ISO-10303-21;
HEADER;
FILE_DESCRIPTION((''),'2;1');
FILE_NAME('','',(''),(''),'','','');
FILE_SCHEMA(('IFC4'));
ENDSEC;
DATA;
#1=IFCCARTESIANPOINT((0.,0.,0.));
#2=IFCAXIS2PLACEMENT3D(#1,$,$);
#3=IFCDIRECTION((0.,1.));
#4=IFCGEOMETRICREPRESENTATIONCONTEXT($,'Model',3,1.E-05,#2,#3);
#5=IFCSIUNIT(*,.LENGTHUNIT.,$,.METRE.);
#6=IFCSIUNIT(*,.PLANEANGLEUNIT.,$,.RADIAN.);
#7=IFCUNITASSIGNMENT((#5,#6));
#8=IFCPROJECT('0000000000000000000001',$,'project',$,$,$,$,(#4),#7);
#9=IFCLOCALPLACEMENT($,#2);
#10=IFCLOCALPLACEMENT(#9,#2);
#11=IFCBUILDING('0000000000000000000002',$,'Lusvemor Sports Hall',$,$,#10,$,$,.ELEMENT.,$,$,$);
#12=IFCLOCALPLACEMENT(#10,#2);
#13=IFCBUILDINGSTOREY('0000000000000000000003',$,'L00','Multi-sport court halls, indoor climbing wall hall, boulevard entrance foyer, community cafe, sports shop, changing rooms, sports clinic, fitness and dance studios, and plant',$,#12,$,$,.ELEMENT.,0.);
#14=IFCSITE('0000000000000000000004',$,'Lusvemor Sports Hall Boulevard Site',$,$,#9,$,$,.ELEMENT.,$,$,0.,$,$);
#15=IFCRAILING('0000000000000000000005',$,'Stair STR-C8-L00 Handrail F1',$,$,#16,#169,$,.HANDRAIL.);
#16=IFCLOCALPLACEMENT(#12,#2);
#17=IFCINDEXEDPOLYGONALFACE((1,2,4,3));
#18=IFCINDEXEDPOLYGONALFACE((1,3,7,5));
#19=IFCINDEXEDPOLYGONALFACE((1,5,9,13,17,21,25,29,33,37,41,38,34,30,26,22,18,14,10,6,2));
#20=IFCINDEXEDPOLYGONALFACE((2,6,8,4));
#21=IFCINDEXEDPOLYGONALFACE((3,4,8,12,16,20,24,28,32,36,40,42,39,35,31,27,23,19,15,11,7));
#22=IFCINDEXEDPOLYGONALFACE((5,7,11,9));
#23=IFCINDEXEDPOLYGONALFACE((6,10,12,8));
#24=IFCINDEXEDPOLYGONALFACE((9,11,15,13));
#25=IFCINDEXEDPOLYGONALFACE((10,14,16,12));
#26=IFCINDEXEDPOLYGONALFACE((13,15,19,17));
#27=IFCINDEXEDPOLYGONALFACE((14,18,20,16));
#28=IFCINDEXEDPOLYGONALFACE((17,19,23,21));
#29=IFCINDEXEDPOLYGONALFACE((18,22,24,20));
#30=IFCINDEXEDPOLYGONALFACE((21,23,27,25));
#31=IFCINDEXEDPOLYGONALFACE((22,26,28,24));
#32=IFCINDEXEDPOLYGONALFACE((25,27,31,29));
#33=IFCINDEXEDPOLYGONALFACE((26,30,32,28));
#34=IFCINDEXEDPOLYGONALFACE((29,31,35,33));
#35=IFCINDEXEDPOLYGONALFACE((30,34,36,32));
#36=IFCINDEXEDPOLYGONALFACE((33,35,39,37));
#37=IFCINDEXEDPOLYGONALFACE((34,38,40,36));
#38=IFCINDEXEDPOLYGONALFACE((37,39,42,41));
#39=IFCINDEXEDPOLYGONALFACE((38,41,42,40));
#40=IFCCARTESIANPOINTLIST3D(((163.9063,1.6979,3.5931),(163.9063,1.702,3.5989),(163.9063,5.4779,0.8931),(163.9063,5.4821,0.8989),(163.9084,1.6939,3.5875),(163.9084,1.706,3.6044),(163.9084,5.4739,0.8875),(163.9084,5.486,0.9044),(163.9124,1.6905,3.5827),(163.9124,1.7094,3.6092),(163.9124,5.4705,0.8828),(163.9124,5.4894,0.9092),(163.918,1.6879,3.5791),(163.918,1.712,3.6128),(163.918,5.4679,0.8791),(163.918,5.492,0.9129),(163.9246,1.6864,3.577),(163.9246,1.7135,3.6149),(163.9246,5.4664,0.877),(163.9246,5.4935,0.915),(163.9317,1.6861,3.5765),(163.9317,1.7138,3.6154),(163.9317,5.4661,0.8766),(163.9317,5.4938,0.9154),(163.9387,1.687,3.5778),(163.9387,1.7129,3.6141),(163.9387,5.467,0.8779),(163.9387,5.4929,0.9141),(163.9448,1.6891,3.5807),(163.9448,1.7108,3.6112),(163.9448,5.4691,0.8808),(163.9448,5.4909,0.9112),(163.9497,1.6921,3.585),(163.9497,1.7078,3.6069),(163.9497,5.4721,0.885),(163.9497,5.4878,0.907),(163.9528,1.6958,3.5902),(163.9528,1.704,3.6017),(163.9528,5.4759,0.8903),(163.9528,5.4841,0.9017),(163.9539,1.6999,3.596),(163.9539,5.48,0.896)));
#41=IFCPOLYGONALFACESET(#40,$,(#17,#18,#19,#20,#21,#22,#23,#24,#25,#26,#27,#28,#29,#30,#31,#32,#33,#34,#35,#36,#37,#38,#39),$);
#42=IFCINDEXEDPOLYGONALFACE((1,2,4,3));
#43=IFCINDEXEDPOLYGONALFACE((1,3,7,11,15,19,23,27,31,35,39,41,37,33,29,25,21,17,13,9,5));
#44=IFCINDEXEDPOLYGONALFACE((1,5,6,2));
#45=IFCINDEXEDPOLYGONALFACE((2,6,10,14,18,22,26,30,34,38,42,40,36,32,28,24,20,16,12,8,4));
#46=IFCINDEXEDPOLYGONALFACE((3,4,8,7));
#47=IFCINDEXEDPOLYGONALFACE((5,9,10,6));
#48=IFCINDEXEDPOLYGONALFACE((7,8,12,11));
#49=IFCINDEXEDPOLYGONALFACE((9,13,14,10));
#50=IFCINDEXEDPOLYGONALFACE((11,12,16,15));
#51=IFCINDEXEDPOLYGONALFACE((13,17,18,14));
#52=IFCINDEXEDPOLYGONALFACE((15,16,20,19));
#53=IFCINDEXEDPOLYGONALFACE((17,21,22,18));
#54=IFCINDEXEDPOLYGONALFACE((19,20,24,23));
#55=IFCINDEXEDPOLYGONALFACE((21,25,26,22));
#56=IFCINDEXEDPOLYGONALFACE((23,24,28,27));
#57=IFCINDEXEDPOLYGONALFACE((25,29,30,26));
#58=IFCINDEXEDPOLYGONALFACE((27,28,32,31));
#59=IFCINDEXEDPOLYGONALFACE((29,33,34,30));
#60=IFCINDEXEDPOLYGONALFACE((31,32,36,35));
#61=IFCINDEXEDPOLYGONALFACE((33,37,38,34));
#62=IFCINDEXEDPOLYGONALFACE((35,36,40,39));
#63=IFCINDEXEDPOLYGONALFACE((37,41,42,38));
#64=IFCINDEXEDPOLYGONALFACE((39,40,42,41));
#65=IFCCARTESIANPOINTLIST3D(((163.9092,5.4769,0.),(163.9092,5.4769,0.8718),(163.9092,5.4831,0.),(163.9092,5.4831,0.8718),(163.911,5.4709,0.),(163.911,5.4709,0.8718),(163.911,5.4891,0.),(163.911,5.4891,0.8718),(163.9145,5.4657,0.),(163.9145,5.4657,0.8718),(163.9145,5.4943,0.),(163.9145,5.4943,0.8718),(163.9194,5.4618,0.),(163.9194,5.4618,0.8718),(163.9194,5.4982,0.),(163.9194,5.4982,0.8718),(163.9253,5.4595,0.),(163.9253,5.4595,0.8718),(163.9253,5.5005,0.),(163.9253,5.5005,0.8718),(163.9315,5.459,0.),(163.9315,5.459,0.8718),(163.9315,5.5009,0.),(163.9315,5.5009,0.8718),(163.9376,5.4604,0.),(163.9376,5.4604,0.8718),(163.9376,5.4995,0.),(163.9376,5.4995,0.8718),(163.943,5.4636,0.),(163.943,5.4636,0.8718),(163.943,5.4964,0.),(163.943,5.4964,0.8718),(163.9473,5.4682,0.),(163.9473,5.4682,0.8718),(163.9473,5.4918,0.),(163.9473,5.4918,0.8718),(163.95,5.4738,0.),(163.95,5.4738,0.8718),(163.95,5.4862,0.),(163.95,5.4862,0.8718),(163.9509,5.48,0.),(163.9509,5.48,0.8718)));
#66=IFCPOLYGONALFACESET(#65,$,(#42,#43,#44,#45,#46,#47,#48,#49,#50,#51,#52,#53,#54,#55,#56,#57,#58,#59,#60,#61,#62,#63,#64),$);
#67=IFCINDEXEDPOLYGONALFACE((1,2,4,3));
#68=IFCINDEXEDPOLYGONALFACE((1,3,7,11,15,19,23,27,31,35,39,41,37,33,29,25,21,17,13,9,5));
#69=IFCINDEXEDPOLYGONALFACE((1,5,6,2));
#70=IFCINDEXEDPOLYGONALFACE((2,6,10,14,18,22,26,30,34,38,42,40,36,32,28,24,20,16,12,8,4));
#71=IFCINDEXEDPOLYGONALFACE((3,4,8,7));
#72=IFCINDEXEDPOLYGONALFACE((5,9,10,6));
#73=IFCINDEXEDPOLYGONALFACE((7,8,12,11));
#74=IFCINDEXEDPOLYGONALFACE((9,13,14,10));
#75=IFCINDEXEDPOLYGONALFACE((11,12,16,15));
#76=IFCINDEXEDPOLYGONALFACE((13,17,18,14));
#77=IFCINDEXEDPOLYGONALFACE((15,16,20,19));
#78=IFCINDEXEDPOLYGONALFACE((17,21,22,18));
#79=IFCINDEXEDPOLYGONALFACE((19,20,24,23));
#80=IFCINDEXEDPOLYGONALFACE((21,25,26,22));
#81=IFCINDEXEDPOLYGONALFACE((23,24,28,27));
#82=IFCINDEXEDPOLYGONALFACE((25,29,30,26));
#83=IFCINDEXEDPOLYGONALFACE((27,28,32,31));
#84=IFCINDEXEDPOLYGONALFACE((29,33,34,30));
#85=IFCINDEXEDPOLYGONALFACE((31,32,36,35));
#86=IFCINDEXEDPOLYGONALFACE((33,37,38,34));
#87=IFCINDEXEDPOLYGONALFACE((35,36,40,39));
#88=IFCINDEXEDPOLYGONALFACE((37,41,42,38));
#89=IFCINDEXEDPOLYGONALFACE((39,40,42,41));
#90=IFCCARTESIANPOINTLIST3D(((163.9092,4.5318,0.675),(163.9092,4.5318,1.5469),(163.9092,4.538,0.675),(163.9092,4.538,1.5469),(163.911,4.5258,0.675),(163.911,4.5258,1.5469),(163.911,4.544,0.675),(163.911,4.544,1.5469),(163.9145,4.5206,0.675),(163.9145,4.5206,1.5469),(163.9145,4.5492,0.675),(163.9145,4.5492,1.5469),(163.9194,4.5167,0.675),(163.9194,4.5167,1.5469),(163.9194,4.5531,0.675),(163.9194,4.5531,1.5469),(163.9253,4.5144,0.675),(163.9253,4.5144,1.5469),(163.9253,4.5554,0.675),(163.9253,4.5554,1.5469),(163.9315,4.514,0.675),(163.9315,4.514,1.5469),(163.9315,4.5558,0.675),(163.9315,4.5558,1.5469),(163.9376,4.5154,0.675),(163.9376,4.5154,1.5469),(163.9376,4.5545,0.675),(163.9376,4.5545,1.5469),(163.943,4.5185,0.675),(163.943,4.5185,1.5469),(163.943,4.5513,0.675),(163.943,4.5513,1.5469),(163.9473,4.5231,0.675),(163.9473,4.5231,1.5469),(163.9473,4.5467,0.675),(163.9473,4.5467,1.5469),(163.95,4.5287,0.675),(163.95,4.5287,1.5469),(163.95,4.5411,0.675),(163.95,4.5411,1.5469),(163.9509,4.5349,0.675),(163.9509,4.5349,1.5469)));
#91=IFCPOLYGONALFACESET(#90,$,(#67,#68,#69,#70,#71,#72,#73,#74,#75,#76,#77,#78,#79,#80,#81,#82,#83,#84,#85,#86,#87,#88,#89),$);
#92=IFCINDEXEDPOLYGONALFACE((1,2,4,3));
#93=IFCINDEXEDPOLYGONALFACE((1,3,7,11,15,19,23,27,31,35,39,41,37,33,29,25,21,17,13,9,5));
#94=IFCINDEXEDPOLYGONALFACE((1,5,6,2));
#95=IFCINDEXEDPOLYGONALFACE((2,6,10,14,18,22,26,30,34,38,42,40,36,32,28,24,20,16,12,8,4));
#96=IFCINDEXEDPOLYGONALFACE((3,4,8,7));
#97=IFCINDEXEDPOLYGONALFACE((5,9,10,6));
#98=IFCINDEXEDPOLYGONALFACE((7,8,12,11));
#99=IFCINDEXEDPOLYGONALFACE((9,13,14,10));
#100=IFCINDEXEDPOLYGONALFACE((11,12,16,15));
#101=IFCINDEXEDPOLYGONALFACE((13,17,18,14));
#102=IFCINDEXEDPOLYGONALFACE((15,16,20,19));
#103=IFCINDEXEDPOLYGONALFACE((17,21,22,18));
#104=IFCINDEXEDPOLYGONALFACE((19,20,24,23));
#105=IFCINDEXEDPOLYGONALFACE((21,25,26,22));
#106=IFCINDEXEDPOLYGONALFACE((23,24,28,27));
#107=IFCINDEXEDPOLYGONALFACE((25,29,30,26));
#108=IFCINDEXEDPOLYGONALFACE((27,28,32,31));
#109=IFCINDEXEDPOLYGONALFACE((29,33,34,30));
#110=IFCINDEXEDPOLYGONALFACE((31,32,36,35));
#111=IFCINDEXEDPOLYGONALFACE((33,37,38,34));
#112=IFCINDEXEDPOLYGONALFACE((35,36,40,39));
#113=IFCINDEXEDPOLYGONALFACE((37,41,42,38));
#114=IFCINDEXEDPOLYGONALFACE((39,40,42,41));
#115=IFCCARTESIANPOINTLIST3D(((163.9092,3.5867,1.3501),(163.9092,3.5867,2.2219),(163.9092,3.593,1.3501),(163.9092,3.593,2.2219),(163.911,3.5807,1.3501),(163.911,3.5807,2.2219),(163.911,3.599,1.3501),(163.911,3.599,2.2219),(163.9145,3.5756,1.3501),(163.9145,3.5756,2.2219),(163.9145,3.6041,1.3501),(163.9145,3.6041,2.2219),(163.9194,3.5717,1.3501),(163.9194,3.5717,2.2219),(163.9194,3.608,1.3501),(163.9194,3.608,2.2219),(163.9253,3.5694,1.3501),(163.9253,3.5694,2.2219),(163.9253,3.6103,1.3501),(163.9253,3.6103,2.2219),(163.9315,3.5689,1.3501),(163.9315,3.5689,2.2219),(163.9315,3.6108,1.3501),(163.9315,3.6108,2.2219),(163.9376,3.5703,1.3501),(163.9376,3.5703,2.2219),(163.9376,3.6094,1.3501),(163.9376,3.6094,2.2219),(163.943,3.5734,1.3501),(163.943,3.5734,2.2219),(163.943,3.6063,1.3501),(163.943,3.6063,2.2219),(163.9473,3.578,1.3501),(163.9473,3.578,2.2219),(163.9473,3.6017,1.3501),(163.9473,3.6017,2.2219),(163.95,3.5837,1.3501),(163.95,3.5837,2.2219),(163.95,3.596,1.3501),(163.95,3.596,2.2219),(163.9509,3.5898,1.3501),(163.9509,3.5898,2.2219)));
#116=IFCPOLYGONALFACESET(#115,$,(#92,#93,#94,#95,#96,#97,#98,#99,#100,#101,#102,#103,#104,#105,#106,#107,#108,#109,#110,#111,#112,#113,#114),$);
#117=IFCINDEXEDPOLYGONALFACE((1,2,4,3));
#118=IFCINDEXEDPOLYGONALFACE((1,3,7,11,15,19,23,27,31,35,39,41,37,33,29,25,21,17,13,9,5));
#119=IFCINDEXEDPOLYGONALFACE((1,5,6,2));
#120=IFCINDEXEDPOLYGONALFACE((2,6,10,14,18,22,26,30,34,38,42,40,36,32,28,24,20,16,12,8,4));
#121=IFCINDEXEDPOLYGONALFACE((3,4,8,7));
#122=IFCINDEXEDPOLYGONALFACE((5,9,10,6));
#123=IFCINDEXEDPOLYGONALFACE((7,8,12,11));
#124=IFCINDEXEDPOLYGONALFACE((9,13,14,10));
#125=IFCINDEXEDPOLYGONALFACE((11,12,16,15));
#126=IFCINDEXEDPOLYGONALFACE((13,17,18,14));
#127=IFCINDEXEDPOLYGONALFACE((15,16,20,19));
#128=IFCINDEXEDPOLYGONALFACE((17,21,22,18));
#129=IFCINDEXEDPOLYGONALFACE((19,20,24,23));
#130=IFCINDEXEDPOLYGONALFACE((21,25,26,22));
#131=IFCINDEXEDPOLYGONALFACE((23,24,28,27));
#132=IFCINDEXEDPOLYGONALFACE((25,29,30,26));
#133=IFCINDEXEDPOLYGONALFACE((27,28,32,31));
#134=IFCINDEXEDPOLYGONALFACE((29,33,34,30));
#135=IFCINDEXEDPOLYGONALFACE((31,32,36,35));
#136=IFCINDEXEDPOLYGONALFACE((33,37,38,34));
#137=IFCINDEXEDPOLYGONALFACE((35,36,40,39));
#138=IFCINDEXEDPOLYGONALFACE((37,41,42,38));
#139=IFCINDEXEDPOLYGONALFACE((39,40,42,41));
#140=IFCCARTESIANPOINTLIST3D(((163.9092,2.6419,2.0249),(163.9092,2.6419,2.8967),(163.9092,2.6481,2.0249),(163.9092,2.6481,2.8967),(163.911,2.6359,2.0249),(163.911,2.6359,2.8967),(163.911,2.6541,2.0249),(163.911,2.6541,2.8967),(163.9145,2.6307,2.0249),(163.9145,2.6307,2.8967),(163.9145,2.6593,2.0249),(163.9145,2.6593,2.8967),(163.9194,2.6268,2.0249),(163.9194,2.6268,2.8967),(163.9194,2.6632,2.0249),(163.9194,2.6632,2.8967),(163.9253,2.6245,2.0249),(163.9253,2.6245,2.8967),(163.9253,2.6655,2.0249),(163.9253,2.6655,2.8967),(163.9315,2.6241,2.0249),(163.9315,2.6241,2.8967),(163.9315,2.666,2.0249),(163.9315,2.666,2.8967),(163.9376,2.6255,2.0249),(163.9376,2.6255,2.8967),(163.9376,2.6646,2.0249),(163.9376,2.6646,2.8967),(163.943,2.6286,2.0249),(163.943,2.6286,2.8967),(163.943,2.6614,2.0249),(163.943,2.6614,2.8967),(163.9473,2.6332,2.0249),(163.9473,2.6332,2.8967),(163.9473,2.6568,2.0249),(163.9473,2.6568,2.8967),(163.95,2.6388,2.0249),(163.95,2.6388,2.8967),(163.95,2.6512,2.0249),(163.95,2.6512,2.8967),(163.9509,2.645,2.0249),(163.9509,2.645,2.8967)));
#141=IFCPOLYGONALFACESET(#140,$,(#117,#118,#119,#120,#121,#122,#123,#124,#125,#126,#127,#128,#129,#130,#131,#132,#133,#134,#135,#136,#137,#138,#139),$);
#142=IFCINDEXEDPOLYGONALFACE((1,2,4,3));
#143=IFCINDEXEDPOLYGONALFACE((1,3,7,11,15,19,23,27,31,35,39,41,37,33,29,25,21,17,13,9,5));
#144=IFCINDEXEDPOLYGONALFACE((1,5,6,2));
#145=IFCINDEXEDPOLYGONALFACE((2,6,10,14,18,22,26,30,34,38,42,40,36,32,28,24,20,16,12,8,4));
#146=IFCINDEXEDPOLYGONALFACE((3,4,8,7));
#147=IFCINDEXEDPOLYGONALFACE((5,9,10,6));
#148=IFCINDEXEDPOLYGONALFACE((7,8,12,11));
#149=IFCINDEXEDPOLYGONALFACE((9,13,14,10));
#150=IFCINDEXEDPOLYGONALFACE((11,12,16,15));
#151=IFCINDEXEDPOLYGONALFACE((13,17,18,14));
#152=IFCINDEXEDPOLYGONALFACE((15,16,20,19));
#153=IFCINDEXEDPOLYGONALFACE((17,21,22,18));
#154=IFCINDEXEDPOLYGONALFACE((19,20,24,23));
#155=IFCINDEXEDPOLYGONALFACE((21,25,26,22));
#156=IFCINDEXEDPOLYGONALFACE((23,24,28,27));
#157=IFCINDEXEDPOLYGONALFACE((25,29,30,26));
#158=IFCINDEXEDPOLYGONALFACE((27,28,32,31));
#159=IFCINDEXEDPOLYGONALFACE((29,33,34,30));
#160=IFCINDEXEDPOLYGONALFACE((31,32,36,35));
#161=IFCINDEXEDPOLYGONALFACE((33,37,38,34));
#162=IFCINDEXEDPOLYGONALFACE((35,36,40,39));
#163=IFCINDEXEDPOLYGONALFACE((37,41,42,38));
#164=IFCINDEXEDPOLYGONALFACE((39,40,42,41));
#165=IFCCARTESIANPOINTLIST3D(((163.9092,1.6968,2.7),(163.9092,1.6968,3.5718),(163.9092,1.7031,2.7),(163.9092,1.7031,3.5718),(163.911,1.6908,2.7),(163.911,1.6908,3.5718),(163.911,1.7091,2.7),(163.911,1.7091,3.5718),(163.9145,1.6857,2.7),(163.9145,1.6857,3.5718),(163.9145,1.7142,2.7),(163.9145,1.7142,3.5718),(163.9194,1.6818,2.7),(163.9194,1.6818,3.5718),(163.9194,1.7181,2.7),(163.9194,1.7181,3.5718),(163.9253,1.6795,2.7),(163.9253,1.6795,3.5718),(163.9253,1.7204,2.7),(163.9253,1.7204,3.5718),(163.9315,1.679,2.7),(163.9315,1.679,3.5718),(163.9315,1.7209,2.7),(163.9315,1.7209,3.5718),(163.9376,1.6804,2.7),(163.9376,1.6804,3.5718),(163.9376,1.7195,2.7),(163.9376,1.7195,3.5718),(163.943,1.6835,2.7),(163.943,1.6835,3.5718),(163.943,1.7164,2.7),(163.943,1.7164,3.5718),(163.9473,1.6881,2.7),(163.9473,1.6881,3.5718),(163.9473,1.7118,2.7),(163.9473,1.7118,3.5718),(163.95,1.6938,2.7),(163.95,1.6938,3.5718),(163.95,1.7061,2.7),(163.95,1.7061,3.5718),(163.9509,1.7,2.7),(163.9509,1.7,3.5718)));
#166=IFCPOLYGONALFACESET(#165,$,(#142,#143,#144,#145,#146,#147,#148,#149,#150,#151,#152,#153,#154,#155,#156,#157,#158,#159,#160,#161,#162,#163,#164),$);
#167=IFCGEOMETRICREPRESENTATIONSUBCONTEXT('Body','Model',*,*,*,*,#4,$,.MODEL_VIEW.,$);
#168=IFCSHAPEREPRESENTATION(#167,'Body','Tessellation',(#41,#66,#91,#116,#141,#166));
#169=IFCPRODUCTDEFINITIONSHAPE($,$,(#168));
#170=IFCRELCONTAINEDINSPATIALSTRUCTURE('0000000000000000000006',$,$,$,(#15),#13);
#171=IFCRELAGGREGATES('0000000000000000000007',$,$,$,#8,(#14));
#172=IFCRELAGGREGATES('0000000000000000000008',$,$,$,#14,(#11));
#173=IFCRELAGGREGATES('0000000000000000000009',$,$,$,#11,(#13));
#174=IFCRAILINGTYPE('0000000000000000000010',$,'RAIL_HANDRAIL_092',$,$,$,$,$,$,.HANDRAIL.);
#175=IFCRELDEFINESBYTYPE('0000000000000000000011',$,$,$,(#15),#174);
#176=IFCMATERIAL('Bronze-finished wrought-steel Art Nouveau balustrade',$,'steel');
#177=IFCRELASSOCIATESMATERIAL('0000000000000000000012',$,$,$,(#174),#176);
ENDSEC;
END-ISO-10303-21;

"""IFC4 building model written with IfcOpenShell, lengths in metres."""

from ifc_helpers import new_model, si_unit, direction, frame, origin, origin_2d, place, context, subcontext, project, spatial, circle, extrude, material, type_object, element, save


model = new_model("IFC4")

# Units and contexts
model_context = context("Model", 3, precision=1e-05, world=origin(), true_north=direction((0.0, 1.0)))
body_context = subcontext(model_context, "Body", "Model", "MODEL_VIEW")
ifc_project = project(units=[si_unit("LENGTHUNIT", "METRE"), si_unit("PLANEANGLEUNIT", "RADIAN")], contexts=[model_context])

# Site, building, storey
site_placement = place(None, origin())
site = spatial("IfcSite", under=ifc_project, at=site_placement, Name="Lusvemor Sports Hall Boulevard Site", CompositionType="ELEMENT", RefElevation=0.0)
building_placement = place(site_placement, origin())
building = spatial("IfcBuilding", under=site, at=building_placement, Name="Lusvemor Sports Hall", CompositionType="ELEMENT")
storey_placement = place(building_placement, origin())
storey = spatial("IfcBuildingStorey", under=building, at=storey_placement, Name="L00", Description="Multi-sport court halls, indoor climbing wall hall, boulevard entrance foyer, community cafe, sports shop, changing rooms, sports clinic, fitness and dance studios, and plant", CompositionType="ELEMENT", Elevation=0.0)

# Railing
ifc_material_1 = material(Name="Bronze-finished wrought-steel Art Nouveau balustrade", Category="steel")
railing_type = type_object("IfcRailingType", Name="RAIL_HANDRAIL_092", PredefinedType="HANDRAIL", material=ifc_material_1)
railing_1_placement = place(storey_placement, frame((163.9299, 5.48, 0.0)))
element("IfcRailing", 1, at=railing_1_placement, inside=storey, type_object=railing_type, Name="Stair STR-C8-L00 Handrail F1", PredefinedType="HANDRAIL", context=body_context, shape_type="SweptSolid", body=[
    extrude(circle(Radius=0.0239, at=origin_2d()), frame((0.0, 0.0, 0.896), z_axis=(0.0, -0.813741, 0.581228), x_axis=(1.0, 0.0, 0.0)), (0.0, 0.0, 1.0), 4.6453),
    extrude(circle(Radius=0.021, at=origin_2d()), origin(), (0.0, 0.0, 1.0), 0.8718),
    extrude(circle(Radius=0.021, at=origin_2d()), frame((0.0, -0.9451, 0.675)), (0.0, 0.0, 1.0), 0.8718),
    extrude(circle(Radius=0.021, at=origin_2d()), frame((0.0, -1.8901, 1.3501)), (0.0, 0.0, 1.0), 0.8718),
    extrude(circle(Radius=0.021, at=origin_2d()), frame((0.0, -2.835, 2.0249)), (0.0, 0.0, 1.0), 0.8718),
    extrude(circle(Radius=0.021, at=origin_2d()), frame((0.0, -3.78, 2.7)), (0.0, 0.0, 1.0), 0.8718),
])

save(model, "model.ifc")
